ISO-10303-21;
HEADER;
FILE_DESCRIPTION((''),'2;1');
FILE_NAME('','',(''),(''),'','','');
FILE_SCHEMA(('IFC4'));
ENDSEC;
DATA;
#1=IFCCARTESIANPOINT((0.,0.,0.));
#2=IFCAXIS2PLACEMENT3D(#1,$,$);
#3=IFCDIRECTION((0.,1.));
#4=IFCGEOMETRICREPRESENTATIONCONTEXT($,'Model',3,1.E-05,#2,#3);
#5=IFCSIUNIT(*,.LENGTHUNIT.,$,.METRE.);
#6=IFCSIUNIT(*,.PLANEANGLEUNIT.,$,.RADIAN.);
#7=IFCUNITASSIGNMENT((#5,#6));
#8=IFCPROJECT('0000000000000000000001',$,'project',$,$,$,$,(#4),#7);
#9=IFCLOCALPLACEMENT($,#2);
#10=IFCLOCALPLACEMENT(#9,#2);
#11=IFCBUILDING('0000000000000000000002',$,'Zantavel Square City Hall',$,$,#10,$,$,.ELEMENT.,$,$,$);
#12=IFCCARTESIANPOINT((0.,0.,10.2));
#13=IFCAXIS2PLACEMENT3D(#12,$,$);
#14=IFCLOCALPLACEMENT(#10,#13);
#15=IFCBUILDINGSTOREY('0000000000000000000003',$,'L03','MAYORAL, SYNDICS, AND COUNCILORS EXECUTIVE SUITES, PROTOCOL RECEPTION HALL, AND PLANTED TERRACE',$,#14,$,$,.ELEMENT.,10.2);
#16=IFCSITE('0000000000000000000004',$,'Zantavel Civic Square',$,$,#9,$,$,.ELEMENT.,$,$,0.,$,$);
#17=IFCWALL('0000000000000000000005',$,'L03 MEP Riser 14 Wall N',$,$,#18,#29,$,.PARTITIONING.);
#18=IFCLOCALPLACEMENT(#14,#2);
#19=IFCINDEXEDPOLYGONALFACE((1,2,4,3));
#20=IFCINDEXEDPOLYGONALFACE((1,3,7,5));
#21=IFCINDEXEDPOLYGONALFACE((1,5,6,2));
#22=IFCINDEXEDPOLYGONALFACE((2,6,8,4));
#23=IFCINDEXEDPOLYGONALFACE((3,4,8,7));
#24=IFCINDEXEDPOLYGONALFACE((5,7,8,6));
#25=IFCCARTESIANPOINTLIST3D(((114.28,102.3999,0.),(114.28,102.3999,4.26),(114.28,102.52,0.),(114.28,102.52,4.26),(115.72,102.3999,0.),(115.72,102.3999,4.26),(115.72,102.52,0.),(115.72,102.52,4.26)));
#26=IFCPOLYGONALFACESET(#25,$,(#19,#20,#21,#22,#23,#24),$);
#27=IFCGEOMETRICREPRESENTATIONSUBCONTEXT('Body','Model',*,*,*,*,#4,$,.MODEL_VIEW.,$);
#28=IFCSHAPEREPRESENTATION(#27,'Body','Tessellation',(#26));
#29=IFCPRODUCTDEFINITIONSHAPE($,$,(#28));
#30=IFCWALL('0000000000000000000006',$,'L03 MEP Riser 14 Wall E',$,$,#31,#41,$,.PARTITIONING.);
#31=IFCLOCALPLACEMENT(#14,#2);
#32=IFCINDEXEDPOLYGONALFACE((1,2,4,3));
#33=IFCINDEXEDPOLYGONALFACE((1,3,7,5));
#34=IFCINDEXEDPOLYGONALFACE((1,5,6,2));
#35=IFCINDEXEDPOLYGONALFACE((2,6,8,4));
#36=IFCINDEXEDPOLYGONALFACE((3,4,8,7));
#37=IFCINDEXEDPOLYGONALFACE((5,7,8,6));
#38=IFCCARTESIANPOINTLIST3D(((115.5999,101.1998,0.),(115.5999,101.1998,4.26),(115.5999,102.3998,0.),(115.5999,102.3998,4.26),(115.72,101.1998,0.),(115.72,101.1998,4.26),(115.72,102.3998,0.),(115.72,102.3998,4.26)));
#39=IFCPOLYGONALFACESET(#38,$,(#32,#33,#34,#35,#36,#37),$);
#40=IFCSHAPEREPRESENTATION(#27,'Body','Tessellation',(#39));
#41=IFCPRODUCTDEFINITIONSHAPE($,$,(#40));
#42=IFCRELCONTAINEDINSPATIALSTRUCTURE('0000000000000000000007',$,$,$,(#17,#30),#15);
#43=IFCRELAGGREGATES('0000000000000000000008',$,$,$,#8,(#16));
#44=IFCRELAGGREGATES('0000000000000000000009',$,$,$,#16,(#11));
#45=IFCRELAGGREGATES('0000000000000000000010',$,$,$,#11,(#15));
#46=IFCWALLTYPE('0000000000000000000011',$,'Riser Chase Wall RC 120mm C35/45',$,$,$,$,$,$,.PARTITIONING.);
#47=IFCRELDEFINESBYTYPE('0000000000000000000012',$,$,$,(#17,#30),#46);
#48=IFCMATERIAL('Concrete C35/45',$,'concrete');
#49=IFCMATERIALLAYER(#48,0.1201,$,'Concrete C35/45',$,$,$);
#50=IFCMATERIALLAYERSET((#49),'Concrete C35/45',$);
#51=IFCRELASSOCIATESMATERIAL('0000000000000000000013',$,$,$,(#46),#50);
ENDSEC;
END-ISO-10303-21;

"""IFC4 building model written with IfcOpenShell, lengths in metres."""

from ifc_helpers import new_model, si_unit, direction, frame, frame_2d, origin, place, context, subcontext, project, spatial, rectangle, extrude, material, layer, layer_set, type_object, element, save


model = new_model("IFC4")

# Units and contexts
model_context = context("Model", 3, precision=1e-05, world=origin(), true_north=direction((0.0, 1.0)))
body_context = subcontext(model_context, "Body", "Model", "MODEL_VIEW")
ifc_project = project(units=[si_unit("LENGTHUNIT", "METRE"), si_unit("PLANEANGLEUNIT", "RADIAN")], contexts=[model_context])

# Site, building, storey
site_placement = place(None, origin())
site = spatial("IfcSite", under=ifc_project, at=site_placement, Name="Zantavel Civic Square", CompositionType="ELEMENT", RefElevation=0.0)
building_placement = place(site_placement, origin())
building = spatial("IfcBuilding", under=site, at=building_placement, Name="Zantavel Square City Hall", CompositionType="ELEMENT")
storey_placement = place(building_placement, frame((0.0, 0.0, 10.2)))
storey = spatial("IfcBuildingStorey", under=building, at=storey_placement, Name="L03", Description="MAYORAL, SYNDICS, AND COUNCILORS EXECUTIVE SUITES, PROTOCOL RECEPTION HALL, AND PLANTED TERRACE", CompositionType="ELEMENT", Elevation=10.2)

# Shared definitions
ifc_material_1 = material(Name="Concrete C35/45", Category="concrete")

# Walls
ifc_layer_1 = layer(ifc_material_1, 0.1201, Name="Concrete C35/45")
ifc_layer_set_1 = layer_set([ifc_layer_1], Name="Concrete C35/45")
wall_type_1 = type_object("IfcWallType", Name="Riser Chase Wall RC 120mm C35/45", PredefinedType="PARTITIONING", material=ifc_layer_set_1)
wall_1_placement = place(storey_placement, frame((114.28, 102.46, 0.0), z_axis=(0.0, 0.0, 1.0), x_axis=(1.0, 0.0, 0.0)))
element("IfcWall", 1, at=wall_1_placement, inside=storey, type_object=wall_type_1, Name="L03 MEP Riser 14 Wall N", PredefinedType="PARTITIONING", context=body_context, shape_type="SweptSolid", body=[
    extrude(rectangle(XDim=1.4399, YDim=0.1201, at=frame_2d((0.72, 0.0))), origin(), (0.0, 0.0, 1.0), 4.26),
])
wall_2_placement = place(storey_placement, frame((115.6599, 102.3999, 0.0), z_axis=(0.0, 0.0, 1.0), x_axis=(0.0, -1.0, 0.0)))
element("IfcWall", 2, at=wall_2_placement, inside=storey, type_object=wall_type_1, Name="L03 MEP Riser 14 Wall E", PredefinedType="PARTITIONING", context=body_context, shape_type="SweptSolid", body=[
    extrude(rectangle(XDim=1.2, YDim=0.1201, at=frame_2d((0.6001, 0.0))), origin(), (0.0, 0.0, 1.0), 4.26),
])

save(model, "model.ifc")
